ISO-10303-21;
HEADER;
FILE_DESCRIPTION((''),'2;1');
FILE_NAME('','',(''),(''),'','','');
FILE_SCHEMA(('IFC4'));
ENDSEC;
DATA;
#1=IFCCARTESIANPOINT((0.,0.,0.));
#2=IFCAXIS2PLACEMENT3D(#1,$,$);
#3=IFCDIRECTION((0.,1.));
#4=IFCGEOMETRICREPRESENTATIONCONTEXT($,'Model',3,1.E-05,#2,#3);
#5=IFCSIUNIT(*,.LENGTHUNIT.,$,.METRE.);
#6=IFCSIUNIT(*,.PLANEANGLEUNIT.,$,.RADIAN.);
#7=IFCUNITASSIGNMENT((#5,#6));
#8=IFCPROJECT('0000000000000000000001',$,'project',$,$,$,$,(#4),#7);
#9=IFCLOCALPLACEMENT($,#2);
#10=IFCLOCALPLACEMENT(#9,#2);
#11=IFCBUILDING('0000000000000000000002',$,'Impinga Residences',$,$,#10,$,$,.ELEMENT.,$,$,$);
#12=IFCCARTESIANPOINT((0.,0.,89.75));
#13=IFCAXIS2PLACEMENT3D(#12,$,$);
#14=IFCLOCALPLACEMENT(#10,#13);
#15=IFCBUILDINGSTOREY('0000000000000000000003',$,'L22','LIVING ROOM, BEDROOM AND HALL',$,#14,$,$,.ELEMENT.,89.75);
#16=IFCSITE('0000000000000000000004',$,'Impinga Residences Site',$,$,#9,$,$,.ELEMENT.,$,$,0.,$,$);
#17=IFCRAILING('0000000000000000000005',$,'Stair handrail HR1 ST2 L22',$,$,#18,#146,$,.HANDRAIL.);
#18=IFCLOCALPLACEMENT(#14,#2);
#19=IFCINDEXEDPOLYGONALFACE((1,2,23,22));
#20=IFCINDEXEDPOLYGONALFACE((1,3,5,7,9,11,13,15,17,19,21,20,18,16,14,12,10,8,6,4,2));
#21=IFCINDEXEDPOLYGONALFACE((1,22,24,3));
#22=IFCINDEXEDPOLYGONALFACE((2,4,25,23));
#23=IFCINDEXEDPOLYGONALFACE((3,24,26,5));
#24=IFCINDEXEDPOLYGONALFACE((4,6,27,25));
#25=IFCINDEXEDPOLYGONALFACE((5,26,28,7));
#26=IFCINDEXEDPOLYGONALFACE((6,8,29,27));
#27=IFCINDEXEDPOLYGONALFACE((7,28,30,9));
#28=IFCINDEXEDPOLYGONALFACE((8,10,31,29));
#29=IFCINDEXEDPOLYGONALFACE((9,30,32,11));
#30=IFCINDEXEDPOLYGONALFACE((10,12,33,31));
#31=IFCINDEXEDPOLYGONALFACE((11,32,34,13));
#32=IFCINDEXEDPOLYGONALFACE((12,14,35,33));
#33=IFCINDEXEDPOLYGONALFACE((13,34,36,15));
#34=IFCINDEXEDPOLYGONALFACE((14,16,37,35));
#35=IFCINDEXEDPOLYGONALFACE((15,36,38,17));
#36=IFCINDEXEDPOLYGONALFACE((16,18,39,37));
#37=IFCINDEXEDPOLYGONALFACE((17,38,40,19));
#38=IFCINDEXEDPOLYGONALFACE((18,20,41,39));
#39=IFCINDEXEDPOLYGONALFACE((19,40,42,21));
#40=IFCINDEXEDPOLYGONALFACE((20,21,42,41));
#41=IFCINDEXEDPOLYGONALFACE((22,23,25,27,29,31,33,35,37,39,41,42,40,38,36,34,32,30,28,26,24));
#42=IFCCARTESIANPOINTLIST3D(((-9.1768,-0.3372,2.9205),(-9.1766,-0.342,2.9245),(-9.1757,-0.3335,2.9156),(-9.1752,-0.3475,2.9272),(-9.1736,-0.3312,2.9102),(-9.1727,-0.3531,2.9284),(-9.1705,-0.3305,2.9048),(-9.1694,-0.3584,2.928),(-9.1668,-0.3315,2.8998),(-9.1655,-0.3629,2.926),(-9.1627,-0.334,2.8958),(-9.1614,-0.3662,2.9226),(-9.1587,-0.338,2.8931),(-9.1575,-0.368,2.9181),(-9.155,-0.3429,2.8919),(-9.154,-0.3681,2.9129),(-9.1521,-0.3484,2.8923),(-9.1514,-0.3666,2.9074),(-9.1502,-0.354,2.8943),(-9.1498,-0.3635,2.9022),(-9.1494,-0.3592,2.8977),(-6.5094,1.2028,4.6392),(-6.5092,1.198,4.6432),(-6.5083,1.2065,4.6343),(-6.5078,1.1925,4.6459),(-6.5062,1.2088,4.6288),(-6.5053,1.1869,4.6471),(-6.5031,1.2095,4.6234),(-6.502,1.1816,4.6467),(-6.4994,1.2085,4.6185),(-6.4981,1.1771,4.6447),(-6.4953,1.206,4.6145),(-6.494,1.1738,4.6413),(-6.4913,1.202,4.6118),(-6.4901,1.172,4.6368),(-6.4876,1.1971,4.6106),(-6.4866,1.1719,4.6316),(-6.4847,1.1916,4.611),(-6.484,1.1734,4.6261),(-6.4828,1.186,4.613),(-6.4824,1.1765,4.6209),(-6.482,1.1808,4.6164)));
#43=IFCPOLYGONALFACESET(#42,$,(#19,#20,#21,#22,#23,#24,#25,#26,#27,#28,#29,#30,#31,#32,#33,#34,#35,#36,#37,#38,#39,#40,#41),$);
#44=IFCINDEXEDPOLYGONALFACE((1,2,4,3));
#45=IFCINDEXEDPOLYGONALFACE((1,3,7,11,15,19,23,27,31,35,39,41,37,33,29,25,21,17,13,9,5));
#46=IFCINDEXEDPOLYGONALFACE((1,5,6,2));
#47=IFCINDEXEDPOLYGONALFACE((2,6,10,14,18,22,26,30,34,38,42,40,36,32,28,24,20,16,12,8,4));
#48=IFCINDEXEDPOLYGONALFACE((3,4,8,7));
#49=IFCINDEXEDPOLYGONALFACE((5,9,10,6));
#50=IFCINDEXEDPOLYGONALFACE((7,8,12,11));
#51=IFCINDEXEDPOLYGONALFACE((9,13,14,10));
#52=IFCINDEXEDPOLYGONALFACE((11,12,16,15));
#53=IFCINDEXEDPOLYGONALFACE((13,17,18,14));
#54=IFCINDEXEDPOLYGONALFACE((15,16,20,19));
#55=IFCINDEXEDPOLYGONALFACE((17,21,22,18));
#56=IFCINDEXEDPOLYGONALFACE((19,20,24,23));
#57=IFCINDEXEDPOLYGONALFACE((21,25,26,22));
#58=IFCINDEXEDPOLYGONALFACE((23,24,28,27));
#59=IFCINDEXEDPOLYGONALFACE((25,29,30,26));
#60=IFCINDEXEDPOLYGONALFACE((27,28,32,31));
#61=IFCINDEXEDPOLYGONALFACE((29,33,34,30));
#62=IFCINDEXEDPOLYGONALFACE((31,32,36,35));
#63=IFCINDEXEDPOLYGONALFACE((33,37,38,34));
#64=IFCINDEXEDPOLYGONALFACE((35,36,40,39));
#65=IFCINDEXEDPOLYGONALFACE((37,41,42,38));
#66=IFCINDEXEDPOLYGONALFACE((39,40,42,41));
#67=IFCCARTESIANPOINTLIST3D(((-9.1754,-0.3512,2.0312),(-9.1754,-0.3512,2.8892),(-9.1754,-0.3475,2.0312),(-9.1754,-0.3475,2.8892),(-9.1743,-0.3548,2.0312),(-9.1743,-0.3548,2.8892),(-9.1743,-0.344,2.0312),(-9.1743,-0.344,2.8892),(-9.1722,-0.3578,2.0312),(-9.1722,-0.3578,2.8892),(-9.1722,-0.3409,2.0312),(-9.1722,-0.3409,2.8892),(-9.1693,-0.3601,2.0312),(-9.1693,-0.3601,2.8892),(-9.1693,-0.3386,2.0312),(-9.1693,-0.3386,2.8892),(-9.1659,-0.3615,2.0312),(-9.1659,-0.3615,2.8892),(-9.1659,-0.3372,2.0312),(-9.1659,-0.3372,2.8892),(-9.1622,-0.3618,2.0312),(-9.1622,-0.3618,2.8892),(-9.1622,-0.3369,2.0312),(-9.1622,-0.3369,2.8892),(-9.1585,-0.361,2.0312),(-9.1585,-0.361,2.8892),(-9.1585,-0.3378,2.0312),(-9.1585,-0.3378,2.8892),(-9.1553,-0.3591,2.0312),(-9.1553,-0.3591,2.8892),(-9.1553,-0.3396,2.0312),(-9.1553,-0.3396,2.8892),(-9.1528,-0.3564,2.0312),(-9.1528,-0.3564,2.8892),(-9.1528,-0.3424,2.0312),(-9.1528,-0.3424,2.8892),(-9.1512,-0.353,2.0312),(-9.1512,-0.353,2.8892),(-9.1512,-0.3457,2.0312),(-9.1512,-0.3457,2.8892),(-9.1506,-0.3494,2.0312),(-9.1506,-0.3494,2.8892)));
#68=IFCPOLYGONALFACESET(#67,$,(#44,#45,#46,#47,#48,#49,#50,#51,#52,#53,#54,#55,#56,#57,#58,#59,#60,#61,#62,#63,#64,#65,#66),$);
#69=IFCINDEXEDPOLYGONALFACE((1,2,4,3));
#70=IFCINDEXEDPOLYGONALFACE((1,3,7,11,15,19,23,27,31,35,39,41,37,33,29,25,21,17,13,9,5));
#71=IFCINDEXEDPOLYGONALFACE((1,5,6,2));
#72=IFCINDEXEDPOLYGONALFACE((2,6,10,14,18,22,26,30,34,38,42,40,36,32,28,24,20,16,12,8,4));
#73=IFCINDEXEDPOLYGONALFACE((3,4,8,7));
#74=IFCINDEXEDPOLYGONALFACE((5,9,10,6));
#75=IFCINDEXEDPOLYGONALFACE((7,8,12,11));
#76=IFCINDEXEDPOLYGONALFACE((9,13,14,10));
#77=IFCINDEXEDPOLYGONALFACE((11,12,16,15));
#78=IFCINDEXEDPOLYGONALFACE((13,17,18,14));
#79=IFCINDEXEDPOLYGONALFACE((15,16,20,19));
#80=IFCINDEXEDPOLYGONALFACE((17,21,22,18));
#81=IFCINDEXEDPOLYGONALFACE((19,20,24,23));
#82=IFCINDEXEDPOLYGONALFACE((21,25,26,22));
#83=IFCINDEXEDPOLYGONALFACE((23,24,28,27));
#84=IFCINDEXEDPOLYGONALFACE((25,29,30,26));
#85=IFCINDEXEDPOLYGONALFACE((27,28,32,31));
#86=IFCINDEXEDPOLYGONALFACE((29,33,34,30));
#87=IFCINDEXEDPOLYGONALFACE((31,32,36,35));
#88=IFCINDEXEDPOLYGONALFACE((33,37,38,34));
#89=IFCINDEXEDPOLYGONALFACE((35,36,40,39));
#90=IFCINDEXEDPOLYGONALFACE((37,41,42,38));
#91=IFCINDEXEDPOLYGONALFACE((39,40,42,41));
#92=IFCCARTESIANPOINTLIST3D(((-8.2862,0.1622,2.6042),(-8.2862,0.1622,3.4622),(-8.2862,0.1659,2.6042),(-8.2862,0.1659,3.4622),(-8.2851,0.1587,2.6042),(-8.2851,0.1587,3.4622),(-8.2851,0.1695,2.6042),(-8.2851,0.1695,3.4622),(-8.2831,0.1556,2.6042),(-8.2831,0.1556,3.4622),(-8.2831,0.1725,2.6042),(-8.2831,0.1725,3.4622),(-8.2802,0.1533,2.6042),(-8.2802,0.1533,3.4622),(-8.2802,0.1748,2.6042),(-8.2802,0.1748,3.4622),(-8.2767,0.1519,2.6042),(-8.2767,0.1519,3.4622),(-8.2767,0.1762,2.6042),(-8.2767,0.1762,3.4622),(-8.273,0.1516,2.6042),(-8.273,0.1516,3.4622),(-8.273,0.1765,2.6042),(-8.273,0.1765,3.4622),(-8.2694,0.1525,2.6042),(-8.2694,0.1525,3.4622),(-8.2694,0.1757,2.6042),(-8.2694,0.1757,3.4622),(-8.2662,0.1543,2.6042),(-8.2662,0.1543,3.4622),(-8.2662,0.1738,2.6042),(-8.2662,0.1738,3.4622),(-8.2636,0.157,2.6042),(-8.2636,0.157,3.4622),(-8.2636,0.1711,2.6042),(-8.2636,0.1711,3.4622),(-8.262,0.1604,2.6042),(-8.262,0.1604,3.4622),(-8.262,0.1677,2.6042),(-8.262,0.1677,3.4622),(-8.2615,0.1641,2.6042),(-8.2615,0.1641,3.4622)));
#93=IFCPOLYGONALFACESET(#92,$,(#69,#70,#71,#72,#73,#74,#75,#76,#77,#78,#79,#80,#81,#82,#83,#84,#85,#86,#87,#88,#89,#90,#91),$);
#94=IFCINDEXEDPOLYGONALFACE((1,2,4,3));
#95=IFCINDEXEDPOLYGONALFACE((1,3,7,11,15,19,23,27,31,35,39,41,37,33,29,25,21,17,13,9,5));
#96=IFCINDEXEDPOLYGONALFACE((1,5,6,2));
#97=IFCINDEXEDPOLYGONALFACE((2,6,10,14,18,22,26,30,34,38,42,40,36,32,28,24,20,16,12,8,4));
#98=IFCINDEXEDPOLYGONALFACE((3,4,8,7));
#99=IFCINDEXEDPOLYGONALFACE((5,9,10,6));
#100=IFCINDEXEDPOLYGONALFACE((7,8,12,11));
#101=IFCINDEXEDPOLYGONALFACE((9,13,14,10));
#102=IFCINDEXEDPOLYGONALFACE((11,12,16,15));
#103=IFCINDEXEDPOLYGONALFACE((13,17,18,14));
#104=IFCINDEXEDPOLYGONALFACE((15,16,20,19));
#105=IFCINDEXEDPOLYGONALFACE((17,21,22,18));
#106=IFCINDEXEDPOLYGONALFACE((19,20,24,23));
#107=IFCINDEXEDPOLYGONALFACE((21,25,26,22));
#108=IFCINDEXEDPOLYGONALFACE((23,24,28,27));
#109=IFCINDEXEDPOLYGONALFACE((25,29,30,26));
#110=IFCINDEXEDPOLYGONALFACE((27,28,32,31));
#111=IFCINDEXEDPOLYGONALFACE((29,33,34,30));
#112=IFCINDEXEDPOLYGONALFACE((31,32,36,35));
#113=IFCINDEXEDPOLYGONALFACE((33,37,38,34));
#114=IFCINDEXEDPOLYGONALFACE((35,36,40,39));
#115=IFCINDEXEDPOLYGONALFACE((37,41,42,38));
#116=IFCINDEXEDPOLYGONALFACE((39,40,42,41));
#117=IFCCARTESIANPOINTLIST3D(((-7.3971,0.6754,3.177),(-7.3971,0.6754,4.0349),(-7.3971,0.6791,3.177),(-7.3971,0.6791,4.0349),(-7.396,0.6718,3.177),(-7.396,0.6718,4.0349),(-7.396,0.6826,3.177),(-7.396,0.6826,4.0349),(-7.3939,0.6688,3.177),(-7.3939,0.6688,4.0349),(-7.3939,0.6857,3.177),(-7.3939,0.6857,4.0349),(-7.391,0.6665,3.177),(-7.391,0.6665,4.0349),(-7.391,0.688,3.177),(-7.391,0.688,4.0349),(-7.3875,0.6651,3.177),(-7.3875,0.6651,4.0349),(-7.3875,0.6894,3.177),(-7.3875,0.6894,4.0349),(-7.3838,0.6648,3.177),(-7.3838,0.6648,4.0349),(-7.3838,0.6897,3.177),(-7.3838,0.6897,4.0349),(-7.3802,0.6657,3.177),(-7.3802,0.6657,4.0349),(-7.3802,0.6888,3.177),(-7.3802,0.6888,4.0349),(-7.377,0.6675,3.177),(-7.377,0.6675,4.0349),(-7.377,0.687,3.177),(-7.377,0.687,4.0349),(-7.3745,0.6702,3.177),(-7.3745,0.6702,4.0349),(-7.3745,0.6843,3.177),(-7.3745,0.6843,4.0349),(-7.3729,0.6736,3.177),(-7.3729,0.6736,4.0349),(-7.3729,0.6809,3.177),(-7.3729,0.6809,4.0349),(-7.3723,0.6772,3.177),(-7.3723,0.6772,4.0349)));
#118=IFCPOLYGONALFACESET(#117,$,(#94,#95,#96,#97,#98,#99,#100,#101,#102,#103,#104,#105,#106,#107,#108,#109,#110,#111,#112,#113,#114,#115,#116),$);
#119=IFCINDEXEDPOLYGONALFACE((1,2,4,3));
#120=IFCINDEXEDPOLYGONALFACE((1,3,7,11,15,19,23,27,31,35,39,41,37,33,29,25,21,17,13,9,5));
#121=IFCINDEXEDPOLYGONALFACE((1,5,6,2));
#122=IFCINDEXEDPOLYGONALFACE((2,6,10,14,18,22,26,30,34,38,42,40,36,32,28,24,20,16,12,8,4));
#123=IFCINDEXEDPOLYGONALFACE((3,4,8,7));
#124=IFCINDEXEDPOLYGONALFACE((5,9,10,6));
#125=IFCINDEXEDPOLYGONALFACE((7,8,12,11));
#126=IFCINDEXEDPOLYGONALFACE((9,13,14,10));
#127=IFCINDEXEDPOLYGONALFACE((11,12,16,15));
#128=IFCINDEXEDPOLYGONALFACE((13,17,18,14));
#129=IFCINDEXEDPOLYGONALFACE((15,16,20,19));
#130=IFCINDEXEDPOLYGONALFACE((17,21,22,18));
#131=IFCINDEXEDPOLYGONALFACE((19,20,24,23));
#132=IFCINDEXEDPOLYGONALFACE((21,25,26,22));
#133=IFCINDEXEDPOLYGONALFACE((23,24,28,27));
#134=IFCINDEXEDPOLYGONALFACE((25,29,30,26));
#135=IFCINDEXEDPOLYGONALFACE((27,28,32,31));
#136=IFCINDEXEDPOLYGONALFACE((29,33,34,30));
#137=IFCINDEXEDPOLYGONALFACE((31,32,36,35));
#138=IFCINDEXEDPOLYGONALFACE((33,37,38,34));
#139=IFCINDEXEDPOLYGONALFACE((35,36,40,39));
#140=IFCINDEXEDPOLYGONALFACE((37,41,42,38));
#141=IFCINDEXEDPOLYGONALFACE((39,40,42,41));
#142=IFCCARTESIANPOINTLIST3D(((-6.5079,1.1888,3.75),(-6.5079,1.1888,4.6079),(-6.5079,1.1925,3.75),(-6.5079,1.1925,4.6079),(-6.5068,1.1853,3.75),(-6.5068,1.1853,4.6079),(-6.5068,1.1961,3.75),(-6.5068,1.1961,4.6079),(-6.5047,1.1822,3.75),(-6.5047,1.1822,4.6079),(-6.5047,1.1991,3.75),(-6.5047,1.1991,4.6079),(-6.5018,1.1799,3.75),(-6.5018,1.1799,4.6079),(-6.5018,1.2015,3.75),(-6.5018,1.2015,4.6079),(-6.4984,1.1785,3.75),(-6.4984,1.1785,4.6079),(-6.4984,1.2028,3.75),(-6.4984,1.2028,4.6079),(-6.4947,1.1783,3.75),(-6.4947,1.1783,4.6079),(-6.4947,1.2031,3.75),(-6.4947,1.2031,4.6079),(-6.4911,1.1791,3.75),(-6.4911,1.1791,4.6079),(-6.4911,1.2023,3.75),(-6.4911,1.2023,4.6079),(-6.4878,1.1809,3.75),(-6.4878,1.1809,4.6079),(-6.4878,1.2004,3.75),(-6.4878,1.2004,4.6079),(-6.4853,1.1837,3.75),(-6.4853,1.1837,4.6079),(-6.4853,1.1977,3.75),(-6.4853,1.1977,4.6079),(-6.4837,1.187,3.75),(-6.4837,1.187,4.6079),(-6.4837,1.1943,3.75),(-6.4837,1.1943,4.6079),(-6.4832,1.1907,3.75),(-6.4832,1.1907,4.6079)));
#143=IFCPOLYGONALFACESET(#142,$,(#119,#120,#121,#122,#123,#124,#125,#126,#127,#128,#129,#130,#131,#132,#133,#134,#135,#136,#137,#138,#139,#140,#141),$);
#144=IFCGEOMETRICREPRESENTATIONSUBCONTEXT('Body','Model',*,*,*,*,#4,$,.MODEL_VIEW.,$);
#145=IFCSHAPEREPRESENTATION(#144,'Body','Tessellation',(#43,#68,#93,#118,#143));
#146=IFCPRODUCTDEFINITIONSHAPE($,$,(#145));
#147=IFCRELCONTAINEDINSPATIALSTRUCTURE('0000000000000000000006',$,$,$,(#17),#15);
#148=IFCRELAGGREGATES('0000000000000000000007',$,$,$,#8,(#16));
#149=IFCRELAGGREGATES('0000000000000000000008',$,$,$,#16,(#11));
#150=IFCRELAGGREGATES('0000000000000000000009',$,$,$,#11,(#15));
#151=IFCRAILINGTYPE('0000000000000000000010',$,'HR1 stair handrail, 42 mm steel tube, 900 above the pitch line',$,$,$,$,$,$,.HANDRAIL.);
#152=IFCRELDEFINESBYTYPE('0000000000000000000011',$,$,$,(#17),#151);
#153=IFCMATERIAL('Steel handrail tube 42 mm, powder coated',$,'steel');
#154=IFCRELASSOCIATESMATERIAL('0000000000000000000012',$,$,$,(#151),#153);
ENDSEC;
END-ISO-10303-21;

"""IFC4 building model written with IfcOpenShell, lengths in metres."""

from ifc_helpers import new_model, si_unit, direction, frame, origin, origin_2d, place, context, subcontext, project, spatial, circle, extrude, material, type_object, element, save


model = new_model("IFC4")

# Units and contexts
model_context = context("Model", 3, precision=1e-05, world=origin(), true_north=direction((0.0, 1.0)))
body_context = subcontext(model_context, "Body", "Model", "MODEL_VIEW")
ifc_project = project(units=[si_unit("LENGTHUNIT", "METRE"), si_unit("PLANEANGLEUNIT", "RADIAN")], contexts=[model_context])

# Site, building, storey
site_placement = place(None, origin())
site = spatial("IfcSite", under=ifc_project, at=site_placement, Name="Impinga Residences Site", CompositionType="ELEMENT", RefElevation=0.0)
building_placement = place(site_placement, origin())
building = spatial("IfcBuilding", under=site, at=building_placement, Name="Impinga Residences", CompositionType="ELEMENT")
storey_placement = place(building_placement, frame((0.0, 0.0, 89.75)))
storey = spatial("IfcBuildingStorey", under=building, at=storey_placement, Name="L22", Description="LIVING ROOM, BEDROOM AND HALL", CompositionType="ELEMENT", Elevation=89.75)

# Railing
ifc_material_1 = material(Name="Steel handrail tube 42 mm, powder coated", Category="steel")
railing_type = type_object("IfcRailingType", Name="HR1 stair handrail, 42 mm steel tube, 900 above the pitch line", PredefinedType="HANDRAIL", material=ifc_material_1)
railing_placement = place(storey_placement, frame((-9.1631, -0.3494, 2.0312)))
element("IfcRailing", 1, at=railing_placement, inside=storey, type_object=railing_type, Name="Stair handrail HR1 ST2 L22", PredefinedType="HANDRAIL", context=body_context, shape_type="SweptSolid", body=[
    extrude(circle(Radius=0.021, at=origin_2d()), frame((0.0, 0.0, 0.8789), z_axis=(0.756256, 0.436616, 0.487282), x_axis=(-0.499992, 0.86603, 0.0)), (0.0, 0.0, 1.0), 3.5271),
    extrude(circle(Radius=0.0125, at=origin_2d()), origin(), (0.0, 0.0, 1.0), 0.8579),
    extrude(circle(Radius=0.0125, at=origin_2d()), frame((0.8892, 0.5134, 0.573)), (0.0, 0.0, 1.0), 0.8579),
    extrude(circle(Radius=0.0125, at=origin_2d()), frame((1.7783, 1.0266, 1.1458)), (0.0, 0.0, 1.0), 0.8579),
    extrude(circle(Radius=0.0125, at=origin_2d()), frame((2.6675, 1.54, 1.7188)), (0.0, 0.0, 1.0), 0.8579),
])

save(model, "model.ifc")
